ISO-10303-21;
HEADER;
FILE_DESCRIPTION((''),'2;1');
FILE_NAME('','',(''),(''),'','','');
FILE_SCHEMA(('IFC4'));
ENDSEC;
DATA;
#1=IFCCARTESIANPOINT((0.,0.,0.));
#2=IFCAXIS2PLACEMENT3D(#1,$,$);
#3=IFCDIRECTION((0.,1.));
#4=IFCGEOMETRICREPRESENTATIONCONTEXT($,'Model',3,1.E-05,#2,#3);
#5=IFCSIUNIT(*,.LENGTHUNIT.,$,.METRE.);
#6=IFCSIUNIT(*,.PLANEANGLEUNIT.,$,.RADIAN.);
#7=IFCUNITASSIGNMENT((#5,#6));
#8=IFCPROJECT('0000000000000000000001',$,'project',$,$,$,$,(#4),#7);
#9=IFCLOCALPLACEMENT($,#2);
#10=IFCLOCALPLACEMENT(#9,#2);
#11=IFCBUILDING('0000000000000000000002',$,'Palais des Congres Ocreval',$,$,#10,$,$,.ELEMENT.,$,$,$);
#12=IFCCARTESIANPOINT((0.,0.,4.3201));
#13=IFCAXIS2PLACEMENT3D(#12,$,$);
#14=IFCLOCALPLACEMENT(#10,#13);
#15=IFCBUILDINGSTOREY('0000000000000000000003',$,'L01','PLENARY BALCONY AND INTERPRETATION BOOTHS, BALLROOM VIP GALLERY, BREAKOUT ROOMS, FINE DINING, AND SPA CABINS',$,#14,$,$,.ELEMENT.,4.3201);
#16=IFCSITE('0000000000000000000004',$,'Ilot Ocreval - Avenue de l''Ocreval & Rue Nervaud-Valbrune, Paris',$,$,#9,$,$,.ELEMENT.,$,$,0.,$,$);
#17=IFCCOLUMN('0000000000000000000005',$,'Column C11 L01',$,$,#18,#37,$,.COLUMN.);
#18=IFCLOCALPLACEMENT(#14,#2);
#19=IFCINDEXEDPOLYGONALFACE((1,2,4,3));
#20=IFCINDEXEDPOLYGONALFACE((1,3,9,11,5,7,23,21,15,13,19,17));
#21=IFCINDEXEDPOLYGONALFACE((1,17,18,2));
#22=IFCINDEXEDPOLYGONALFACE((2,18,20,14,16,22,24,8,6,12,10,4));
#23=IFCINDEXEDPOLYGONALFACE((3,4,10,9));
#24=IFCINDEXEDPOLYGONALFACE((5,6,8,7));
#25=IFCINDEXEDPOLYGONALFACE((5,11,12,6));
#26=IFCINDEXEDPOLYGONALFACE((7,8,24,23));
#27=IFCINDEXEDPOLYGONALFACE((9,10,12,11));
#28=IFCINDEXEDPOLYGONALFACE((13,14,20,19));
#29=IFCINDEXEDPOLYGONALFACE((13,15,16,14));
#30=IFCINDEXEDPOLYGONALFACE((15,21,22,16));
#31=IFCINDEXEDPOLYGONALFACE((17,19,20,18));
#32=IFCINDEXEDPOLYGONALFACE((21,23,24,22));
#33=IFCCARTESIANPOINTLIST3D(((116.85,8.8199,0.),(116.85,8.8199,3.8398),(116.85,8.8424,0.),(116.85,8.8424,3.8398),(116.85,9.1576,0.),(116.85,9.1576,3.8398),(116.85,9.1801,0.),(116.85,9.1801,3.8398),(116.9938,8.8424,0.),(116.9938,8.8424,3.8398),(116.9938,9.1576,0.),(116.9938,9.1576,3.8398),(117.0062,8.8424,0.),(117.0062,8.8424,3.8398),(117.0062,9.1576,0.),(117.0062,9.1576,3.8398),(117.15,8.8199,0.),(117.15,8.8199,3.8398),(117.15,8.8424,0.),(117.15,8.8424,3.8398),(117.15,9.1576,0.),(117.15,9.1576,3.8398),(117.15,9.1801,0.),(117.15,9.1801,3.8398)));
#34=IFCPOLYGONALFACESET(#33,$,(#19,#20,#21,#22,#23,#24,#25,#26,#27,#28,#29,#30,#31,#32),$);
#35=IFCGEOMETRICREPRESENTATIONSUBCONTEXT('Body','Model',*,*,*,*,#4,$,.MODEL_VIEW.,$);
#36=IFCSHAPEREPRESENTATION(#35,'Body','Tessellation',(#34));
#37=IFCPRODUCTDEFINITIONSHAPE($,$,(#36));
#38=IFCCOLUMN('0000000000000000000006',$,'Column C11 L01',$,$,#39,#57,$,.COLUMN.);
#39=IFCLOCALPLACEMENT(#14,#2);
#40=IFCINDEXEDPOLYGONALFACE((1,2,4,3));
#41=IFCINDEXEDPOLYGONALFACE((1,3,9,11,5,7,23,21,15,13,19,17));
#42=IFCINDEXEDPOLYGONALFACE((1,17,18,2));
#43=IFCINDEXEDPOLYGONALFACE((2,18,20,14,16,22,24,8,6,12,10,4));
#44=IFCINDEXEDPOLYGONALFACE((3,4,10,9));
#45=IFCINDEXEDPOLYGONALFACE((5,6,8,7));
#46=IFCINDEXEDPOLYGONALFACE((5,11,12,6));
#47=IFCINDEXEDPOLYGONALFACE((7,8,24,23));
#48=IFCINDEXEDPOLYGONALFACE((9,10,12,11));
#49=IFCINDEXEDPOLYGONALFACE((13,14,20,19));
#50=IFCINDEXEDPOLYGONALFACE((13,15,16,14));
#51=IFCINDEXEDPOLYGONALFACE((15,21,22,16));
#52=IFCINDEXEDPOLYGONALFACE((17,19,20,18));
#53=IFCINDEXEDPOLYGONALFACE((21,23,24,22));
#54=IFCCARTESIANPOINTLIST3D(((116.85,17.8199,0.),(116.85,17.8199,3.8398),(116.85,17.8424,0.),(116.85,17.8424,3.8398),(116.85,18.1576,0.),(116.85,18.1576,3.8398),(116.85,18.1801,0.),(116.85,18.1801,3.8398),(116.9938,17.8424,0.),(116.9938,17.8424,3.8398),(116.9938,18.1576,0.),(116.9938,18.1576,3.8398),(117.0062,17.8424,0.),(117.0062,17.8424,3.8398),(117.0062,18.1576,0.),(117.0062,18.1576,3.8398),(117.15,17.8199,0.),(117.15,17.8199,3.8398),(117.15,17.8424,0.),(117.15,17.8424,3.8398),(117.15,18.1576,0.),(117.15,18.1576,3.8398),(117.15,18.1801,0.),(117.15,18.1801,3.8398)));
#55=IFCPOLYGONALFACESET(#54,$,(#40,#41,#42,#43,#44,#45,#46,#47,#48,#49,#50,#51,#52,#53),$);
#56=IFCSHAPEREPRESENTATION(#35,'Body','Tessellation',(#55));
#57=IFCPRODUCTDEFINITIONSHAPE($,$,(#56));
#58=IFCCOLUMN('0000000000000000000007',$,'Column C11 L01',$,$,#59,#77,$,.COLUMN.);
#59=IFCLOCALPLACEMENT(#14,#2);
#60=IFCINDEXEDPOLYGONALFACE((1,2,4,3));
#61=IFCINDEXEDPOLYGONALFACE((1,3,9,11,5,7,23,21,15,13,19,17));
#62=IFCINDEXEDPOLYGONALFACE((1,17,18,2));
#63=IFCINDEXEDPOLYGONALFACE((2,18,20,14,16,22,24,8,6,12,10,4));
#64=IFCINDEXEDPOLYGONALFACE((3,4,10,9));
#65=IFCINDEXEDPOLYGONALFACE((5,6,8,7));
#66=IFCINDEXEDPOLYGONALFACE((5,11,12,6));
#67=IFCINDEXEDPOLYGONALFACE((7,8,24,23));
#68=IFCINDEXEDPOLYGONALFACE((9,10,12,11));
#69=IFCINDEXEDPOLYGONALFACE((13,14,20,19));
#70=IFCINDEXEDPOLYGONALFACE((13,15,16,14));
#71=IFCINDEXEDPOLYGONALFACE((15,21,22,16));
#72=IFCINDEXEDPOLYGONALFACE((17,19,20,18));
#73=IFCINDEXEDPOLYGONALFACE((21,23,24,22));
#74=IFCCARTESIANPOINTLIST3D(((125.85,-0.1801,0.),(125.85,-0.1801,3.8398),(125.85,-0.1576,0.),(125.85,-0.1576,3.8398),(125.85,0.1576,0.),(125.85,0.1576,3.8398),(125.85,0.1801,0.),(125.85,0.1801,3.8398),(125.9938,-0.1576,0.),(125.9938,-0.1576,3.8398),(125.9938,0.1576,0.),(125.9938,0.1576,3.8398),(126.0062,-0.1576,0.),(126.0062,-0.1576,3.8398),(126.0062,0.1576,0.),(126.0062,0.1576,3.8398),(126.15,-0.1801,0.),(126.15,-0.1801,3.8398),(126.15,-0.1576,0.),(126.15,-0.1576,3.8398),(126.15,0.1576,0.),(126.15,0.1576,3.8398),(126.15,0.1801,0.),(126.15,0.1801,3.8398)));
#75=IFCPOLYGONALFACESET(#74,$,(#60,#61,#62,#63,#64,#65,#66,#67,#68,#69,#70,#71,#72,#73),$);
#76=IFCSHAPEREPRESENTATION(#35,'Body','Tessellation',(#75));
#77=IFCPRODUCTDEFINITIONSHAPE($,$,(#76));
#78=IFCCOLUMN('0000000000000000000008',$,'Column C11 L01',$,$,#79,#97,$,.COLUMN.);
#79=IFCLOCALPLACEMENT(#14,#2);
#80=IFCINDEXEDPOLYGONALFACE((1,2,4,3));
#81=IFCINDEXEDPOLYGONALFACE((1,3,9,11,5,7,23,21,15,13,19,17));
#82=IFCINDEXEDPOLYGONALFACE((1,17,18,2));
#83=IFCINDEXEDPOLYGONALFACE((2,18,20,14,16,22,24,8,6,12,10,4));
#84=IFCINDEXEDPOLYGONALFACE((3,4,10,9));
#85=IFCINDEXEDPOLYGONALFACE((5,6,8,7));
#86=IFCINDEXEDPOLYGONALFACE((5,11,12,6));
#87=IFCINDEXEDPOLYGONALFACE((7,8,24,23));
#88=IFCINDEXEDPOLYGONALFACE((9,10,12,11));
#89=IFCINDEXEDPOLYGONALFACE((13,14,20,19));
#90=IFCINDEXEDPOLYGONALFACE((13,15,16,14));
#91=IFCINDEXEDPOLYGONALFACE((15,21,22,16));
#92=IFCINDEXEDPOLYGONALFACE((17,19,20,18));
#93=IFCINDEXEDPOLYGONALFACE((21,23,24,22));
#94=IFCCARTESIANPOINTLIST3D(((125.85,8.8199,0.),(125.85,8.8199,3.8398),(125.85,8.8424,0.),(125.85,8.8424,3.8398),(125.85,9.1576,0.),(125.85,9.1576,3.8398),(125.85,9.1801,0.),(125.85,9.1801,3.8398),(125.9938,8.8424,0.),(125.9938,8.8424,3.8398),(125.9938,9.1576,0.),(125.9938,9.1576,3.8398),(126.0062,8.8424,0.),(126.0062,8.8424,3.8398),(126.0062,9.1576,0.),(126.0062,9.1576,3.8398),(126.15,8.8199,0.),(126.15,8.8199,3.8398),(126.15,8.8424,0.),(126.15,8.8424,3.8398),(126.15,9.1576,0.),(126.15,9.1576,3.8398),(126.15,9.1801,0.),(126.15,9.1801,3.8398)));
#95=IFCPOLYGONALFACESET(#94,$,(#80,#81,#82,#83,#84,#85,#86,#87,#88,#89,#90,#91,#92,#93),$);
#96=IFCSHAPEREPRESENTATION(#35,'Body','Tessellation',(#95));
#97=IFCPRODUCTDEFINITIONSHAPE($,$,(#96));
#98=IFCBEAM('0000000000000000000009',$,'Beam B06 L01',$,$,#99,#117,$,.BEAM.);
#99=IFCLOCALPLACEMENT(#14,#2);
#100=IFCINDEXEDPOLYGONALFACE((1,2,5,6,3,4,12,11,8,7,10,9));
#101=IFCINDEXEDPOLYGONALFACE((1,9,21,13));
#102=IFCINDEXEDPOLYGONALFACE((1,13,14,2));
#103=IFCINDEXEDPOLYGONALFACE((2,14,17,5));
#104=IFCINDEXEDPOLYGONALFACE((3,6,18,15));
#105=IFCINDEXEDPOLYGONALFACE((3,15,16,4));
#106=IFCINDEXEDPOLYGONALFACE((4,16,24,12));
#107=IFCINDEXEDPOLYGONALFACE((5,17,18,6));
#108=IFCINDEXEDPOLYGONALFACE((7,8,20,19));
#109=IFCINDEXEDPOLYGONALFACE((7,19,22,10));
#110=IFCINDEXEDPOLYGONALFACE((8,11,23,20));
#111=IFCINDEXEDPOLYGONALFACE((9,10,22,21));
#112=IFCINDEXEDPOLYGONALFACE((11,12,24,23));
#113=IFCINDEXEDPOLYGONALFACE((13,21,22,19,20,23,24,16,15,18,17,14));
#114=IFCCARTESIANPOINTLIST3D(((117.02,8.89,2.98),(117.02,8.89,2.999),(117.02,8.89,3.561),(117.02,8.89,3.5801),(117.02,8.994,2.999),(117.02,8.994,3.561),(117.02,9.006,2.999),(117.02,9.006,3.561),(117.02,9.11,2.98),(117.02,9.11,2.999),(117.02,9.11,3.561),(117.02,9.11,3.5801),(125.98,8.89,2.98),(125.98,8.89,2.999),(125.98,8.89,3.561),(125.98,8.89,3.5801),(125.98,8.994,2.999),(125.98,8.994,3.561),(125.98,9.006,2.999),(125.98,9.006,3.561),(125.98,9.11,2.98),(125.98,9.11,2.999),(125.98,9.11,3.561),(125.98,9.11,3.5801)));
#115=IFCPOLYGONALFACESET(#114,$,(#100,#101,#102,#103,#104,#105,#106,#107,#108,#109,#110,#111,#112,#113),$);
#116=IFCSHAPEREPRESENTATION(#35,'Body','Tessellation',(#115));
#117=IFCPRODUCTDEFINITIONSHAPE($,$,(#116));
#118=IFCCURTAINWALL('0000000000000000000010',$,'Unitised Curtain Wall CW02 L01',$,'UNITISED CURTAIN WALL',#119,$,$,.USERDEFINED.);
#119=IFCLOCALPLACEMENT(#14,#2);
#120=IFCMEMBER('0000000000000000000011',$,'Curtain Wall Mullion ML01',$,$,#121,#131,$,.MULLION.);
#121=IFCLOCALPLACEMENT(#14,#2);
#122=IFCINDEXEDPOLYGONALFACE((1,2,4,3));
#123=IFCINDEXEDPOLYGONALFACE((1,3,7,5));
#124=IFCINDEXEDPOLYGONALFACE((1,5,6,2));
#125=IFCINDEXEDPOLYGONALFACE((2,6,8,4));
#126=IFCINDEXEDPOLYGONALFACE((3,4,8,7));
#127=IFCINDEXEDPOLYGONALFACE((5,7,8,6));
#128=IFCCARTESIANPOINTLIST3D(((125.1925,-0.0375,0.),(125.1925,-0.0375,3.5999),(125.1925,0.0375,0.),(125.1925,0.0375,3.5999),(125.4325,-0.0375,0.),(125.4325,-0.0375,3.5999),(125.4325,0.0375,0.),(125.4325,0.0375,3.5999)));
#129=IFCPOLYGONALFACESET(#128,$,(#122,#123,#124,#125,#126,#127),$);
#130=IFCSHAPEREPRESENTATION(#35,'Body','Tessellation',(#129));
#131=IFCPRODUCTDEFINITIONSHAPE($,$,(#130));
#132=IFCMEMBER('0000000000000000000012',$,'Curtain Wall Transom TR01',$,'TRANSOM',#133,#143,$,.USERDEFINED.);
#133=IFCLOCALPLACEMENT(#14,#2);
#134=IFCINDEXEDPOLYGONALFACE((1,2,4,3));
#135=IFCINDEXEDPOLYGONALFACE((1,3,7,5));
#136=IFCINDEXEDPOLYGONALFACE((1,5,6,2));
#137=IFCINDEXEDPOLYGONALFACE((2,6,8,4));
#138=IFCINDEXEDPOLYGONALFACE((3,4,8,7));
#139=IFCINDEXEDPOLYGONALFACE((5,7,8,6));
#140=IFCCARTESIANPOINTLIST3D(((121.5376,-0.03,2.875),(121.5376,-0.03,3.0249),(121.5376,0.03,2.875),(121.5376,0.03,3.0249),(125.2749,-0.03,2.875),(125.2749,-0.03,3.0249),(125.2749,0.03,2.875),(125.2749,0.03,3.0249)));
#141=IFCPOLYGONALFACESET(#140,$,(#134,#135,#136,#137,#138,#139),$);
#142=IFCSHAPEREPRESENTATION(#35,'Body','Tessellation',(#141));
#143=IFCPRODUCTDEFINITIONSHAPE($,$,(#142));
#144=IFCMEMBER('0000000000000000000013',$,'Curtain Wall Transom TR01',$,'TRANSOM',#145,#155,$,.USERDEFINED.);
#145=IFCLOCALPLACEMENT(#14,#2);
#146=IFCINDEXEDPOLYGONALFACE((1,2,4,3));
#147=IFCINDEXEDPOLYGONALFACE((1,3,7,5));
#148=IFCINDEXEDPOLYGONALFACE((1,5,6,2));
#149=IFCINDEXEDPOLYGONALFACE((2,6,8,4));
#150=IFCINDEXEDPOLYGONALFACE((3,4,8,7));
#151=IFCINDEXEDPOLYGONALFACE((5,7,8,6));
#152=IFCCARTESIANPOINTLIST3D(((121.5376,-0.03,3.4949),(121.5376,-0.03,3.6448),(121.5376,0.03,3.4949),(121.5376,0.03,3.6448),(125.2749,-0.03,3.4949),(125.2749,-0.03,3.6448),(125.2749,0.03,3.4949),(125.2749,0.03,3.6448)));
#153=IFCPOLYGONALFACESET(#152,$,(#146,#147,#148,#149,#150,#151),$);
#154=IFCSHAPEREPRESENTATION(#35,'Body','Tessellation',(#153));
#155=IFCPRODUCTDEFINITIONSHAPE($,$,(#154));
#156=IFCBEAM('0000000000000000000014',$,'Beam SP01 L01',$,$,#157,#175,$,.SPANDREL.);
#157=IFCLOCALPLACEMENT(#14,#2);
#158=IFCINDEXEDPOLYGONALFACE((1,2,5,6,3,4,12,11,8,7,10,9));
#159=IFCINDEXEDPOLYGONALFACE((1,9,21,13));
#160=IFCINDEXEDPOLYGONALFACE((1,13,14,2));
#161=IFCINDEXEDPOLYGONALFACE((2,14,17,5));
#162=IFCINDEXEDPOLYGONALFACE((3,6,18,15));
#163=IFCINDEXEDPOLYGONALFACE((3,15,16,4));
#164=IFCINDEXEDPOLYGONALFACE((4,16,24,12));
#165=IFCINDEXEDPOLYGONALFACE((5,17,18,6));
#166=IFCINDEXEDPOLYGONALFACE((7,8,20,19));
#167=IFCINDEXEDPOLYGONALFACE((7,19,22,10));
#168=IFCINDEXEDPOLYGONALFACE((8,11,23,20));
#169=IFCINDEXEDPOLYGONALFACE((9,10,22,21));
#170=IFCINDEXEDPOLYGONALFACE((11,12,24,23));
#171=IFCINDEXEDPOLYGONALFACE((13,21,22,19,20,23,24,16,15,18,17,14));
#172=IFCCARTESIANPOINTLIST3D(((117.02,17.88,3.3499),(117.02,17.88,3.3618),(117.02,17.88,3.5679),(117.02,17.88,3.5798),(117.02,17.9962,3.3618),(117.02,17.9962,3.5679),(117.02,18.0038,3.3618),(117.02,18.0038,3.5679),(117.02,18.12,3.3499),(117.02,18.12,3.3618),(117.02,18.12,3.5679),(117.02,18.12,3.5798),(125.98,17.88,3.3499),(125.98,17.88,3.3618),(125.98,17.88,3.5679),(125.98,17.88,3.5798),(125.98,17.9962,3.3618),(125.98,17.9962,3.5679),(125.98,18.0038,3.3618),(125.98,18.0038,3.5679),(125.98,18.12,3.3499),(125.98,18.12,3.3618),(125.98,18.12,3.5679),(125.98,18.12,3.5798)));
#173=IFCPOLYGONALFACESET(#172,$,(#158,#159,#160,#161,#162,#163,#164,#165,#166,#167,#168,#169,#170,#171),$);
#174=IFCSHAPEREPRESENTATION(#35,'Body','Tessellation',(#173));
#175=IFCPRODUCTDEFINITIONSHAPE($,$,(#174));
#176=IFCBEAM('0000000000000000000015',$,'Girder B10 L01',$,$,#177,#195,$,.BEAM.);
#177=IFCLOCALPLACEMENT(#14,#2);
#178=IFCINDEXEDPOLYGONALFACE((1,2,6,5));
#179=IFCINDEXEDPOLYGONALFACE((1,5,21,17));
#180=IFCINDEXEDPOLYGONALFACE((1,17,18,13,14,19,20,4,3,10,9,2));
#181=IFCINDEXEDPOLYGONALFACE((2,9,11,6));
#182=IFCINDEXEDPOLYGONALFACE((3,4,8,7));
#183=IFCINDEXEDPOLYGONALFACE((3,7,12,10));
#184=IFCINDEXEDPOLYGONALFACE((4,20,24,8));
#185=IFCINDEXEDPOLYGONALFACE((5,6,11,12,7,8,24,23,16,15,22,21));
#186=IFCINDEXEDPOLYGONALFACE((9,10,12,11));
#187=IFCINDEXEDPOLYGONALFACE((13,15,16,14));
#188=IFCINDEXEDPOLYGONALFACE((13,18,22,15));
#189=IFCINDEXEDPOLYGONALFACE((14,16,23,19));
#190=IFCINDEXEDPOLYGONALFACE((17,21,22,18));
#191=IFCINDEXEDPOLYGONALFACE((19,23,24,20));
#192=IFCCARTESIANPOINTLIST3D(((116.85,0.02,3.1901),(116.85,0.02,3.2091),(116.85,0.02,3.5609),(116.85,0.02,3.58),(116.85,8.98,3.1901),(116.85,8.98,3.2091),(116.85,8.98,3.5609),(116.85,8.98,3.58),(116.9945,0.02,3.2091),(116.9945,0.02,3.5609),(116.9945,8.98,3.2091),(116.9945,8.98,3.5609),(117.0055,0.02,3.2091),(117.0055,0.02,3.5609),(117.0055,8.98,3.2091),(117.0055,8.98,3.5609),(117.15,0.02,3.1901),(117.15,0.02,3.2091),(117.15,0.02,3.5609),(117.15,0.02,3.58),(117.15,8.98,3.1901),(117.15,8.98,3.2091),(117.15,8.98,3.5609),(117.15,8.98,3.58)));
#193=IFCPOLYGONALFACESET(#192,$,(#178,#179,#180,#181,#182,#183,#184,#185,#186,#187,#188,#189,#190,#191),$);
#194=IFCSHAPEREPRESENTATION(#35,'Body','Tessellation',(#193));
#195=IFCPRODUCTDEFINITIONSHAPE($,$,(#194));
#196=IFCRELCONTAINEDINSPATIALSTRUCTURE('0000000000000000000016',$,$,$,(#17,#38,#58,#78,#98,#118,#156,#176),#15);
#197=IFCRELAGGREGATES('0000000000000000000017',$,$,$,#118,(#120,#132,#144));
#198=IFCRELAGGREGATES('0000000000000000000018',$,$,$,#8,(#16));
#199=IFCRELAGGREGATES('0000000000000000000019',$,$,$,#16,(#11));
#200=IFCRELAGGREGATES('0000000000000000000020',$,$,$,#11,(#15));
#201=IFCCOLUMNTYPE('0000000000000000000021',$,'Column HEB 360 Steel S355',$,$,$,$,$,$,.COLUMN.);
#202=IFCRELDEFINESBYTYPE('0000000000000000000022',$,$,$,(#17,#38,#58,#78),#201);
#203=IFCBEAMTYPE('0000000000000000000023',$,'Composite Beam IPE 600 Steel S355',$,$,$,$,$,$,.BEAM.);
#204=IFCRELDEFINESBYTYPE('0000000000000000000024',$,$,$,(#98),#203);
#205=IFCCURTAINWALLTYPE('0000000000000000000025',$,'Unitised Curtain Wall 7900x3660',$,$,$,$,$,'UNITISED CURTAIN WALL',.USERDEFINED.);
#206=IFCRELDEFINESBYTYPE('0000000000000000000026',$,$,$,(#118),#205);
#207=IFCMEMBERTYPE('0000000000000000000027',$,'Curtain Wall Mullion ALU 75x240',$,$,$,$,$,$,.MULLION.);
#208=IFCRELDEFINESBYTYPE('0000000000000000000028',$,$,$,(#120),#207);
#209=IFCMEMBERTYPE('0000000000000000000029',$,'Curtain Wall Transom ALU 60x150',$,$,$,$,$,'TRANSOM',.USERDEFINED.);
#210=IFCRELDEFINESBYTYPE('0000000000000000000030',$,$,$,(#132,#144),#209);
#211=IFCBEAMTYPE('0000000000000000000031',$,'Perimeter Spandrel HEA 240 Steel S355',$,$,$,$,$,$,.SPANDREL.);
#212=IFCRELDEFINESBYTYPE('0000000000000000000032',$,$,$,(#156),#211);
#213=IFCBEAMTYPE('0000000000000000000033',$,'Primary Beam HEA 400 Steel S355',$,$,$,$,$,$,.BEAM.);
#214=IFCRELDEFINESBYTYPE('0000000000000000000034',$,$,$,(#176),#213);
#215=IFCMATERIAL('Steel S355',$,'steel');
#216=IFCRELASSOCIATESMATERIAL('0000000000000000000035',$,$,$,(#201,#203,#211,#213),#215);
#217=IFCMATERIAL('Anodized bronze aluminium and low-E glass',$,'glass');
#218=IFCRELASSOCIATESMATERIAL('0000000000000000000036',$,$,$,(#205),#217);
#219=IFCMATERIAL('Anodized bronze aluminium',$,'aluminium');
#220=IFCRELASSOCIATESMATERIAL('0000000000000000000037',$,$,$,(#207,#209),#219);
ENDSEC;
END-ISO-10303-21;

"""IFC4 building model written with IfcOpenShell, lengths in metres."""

from ifc_helpers import new_model, si_unit, direction, frame, origin, origin_2d, place, context, subcontext, project, spatial, rectangle, i_section, extrude, material, material_profile, profile_set, type_object, element, aggregate, save


model = new_model("IFC4")

# Units and contexts
model_context = context("Model", 3, precision=1e-05, world=origin(), true_north=direction((0.0, 1.0)))
body_context = subcontext(model_context, "Body", "Model", "MODEL_VIEW")
ifc_project = project(units=[si_unit("LENGTHUNIT", "METRE"), si_unit("PLANEANGLEUNIT", "RADIAN")], contexts=[model_context])

# Site, building, storey
site_placement = place(None, origin())
site = spatial("IfcSite", under=ifc_project, at=site_placement, Name="Ilot Ocreval - Avenue de l'Ocreval & Rue Nervaud-Valbrune, Paris", CompositionType="ELEMENT", RefElevation=0.0)
building_placement = place(site_placement, origin())
building = spatial("IfcBuilding", under=site, at=building_placement, Name="Palais des Congres Ocreval", CompositionType="ELEMENT")
storey_placement = place(building_placement, frame((0.0, 0.0, 4.3201)))
storey = spatial("IfcBuildingStorey", under=building, at=storey_placement, Name="L01", Description="PLENARY BALCONY AND INTERPRETATION BOOTHS, BALLROOM VIP GALLERY, BREAKOUT ROOMS, FINE DINING, AND SPA CABINS", CompositionType="ELEMENT", Elevation=4.3201)

# Columns
ifc_material_1 = material(Name="Steel S355", Category="steel")
ifc_material_profile_1 = material_profile(ifc_material_1, i_section(OverallWidth=0.3, OverallDepth=0.3601, WebThickness=0.0125, FlangeThickness=0.0225, at=origin_2d()), Name="HEB 360")
ifc_profile_set_1 = profile_set([ifc_material_profile_1], Name="Steel S355")
column_type = type_object("IfcColumnType", Name="Column HEB 360 Steel S355", PredefinedType="COLUMN", material=ifc_profile_set_1)
for number, where, z_axis, x_axis, name in (
    (1, (117.0, 9.0, 0.0), (0.0, 0.0, 1.0), (1.0, 0.0, 0.0), "Column C11 L01"),
    (2, (117.0, 18.0, 0.0), (0.0, 0.0, 1.0), (1.0, 0.0, 0.0), "Column C11 L01"),
    (3, (126.0, 0.0, 0.0), (0.0, 0.0, 1.0), (1.0, 0.0, 0.0), "Column C11 L01"),
    (4, (126.0, 9.0, 0.0), (0.0, 0.0, 1.0), (1.0, 0.0, 0.0), "Column C11 L01"),
):
    element("IfcColumn", number, at=place(storey_placement, frame(where, z_axis=z_axis, x_axis=x_axis)), inside=storey, type_object=column_type, Name=name, PredefinedType="COLUMN", context=body_context, shape_type="SweptSolid", body=[
        extrude(i_section(OverallWidth=0.3, OverallDepth=0.3601, WebThickness=0.0125, FlangeThickness=0.0225, at=origin_2d()), origin(), (0.0, 0.0, 1.0), 3.8398),
    ])

# Beam
ifc_material_profile_2 = material_profile(ifc_material_1, i_section(OverallWidth=0.22, OverallDepth=0.6001, WebThickness=0.012, FlangeThickness=0.019, at=origin_2d()), Name="IPE 600")
ifc_profile_set_2 = profile_set([ifc_material_profile_2], Name="Steel S355")
beam_type_1 = type_object("IfcBeamType", Name="Composite Beam IPE 600 Steel S355", PredefinedType="BEAM", material=ifc_profile_set_2)
beam_1_placement = place(storey_placement, frame((117.02, 9.0, 3.28), z_axis=(1.0, 0.0, 0.0), x_axis=(0.0, 1.0, 0.0)))
element("IfcBeam", 5, at=beam_1_placement, inside=storey, type_object=beam_type_1, Name="Beam B06 L01", PredefinedType="BEAM", context=body_context, shape_type="SweptSolid", body=[
    extrude(i_section(OverallWidth=0.22, OverallDepth=0.6001, WebThickness=0.012, FlangeThickness=0.019, at=origin_2d()), origin(), (0.0, 0.0, 1.0), 8.96),
])

# Curtain wall, members
ifc_material_2 = material(Name="Anodized bronze aluminium and low-E glass", Category="glass")
curtain_wall_type = type_object("IfcCurtainWallType", Name="Unitised Curtain Wall 7900x3660", ElementType="UNITISED CURTAIN WALL", PredefinedType="USERDEFINED", material=ifc_material_2)
curtain_wall_placement = place(storey_placement, origin())
curtain_wall = element("IfcCurtainWall", 6, at=curtain_wall_placement, inside=storey, type_object=curtain_wall_type, Name="Unitised Curtain Wall CW02 L01", ObjectType="UNITISED CURTAIN WALL", PredefinedType="USERDEFINED")
ifc_material_3 = material(Name="Anodized bronze aluminium", Category="aluminium")
ifc_material_profile_3 = material_profile(ifc_material_3, rectangle(XDim=0.075, YDim=0.24, at=origin_2d()), Name="ALU 75x240")
ifc_profile_set_3 = profile_set([ifc_material_profile_3], Name="Anodized bronze aluminium")
member_type_1 = type_object("IfcMemberType", Name="Curtain Wall Mullion ALU 75x240", PredefinedType="MULLION", material=ifc_profile_set_3)
member_1_placement = place(storey_placement, frame((125.3125, 0.0, 0.0), z_axis=(0.0, 0.0, 1.0), x_axis=(0.0, -1.0, 0.0)))
member_1 = element("IfcMember", 7, at=member_1_placement, type_object=member_type_1, Name="Curtain Wall Mullion ML01", PredefinedType="MULLION", context=body_context, shape_type="SweptSolid", body=[
    extrude(rectangle(XDim=0.075, YDim=0.24, at=origin_2d()), origin(), (0.0, 0.0, 1.0), 3.5999),
])
ifc_material_profile_4 = material_profile(ifc_material_3, rectangle(XDim=0.0601, YDim=0.1499, at=origin_2d()), Name="ALU 60x150")
ifc_profile_set_4 = profile_set([ifc_material_profile_4], Name="Anodized bronze aluminium")
member_type_2 = type_object("IfcMemberType", Name="Curtain Wall Transom ALU 60x150", ElementType="TRANSOM", PredefinedType="USERDEFINED", material=ifc_profile_set_4)
member_2_placement = place(storey_placement, frame((125.2749, 0.0, 2.95), z_axis=(-1.0, 0.0, 0.0), x_axis=(0.0, -1.0, 0.0)))
member_2 = element("IfcMember", 8, at=member_2_placement, type_object=member_type_2, Name="Curtain Wall Transom TR01", ObjectType="TRANSOM", PredefinedType="USERDEFINED", context=body_context, shape_type="SweptSolid", body=[
    extrude(rectangle(XDim=0.0601, YDim=0.1499, at=origin_2d()), origin(), (0.0, 0.0, 1.0), 3.7373),
])
member_3_placement = place(storey_placement, frame((125.2749, 0.0, 3.5698), z_axis=(-1.0, 0.0, 0.0), x_axis=(0.0, -1.0, 0.0)))
member_3 = element("IfcMember", 9, at=member_3_placement, type_object=member_type_2, Name="Curtain Wall Transom TR01", ObjectType="TRANSOM", PredefinedType="USERDEFINED", context=body_context, shape_type="SweptSolid", body=[
    extrude(rectangle(XDim=0.0601, YDim=0.1499, at=origin_2d()), origin(), (0.0, 0.0, 1.0), 3.7373),
])
aggregate(curtain_wall, [member_1, member_2, member_3])

# Beams
ifc_material_profile_5 = material_profile(ifc_material_1, i_section(OverallWidth=0.24, OverallDepth=0.23, WebThickness=0.0076, FlangeThickness=0.012, at=origin_2d()), Name="HEA 240")
ifc_profile_set_5 = profile_set([ifc_material_profile_5], Name="Steel S355")
beam_type_2 = type_object("IfcBeamType", Name="Perimeter Spandrel HEA 240 Steel S355", PredefinedType="SPANDREL", material=ifc_profile_set_5)
beam_2_placement = place(storey_placement, frame((117.02, 18.0, 3.4648), z_axis=(1.0, 0.0, 0.0), x_axis=(0.0, 1.0, 0.0)))
element("IfcBeam", 10, at=beam_2_placement, inside=storey, type_object=beam_type_2, Name="Beam SP01 L01", PredefinedType="SPANDREL", context=body_context, shape_type="SweptSolid", body=[
    extrude(i_section(OverallWidth=0.24, OverallDepth=0.23, WebThickness=0.0076, FlangeThickness=0.012, at=origin_2d()), origin(), (0.0, 0.0, 1.0), 8.96),
])
ifc_material_profile_6 = material_profile(ifc_material_1, i_section(OverallWidth=0.3, OverallDepth=0.3899, WebThickness=0.011, FlangeThickness=0.019, at=origin_2d()), Name="HEA 400")
ifc_profile_set_6 = profile_set([ifc_material_profile_6], Name="Steel S355")
beam_type_3 = type_object("IfcBeamType", Name="Primary Beam HEA 400 Steel S355", PredefinedType="BEAM", material=ifc_profile_set_6)
beam_3_placement = place(storey_placement, frame((117.0, 0.02, 3.385), z_axis=(0.0, 1.0, 0.0), x_axis=(-1.0, 0.0, 0.0)))
element("IfcBeam", 11, at=beam_3_placement, inside=storey, type_object=beam_type_3, Name="Girder B10 L01", PredefinedType="BEAM", context=body_context, shape_type="SweptSolid", body=[
    extrude(i_section(OverallWidth=0.3, OverallDepth=0.3899, WebThickness=0.011, FlangeThickness=0.019, at=origin_2d()), origin(), (0.0, 0.0, 1.0), 8.96),
])

save(model, "model.ifc")
